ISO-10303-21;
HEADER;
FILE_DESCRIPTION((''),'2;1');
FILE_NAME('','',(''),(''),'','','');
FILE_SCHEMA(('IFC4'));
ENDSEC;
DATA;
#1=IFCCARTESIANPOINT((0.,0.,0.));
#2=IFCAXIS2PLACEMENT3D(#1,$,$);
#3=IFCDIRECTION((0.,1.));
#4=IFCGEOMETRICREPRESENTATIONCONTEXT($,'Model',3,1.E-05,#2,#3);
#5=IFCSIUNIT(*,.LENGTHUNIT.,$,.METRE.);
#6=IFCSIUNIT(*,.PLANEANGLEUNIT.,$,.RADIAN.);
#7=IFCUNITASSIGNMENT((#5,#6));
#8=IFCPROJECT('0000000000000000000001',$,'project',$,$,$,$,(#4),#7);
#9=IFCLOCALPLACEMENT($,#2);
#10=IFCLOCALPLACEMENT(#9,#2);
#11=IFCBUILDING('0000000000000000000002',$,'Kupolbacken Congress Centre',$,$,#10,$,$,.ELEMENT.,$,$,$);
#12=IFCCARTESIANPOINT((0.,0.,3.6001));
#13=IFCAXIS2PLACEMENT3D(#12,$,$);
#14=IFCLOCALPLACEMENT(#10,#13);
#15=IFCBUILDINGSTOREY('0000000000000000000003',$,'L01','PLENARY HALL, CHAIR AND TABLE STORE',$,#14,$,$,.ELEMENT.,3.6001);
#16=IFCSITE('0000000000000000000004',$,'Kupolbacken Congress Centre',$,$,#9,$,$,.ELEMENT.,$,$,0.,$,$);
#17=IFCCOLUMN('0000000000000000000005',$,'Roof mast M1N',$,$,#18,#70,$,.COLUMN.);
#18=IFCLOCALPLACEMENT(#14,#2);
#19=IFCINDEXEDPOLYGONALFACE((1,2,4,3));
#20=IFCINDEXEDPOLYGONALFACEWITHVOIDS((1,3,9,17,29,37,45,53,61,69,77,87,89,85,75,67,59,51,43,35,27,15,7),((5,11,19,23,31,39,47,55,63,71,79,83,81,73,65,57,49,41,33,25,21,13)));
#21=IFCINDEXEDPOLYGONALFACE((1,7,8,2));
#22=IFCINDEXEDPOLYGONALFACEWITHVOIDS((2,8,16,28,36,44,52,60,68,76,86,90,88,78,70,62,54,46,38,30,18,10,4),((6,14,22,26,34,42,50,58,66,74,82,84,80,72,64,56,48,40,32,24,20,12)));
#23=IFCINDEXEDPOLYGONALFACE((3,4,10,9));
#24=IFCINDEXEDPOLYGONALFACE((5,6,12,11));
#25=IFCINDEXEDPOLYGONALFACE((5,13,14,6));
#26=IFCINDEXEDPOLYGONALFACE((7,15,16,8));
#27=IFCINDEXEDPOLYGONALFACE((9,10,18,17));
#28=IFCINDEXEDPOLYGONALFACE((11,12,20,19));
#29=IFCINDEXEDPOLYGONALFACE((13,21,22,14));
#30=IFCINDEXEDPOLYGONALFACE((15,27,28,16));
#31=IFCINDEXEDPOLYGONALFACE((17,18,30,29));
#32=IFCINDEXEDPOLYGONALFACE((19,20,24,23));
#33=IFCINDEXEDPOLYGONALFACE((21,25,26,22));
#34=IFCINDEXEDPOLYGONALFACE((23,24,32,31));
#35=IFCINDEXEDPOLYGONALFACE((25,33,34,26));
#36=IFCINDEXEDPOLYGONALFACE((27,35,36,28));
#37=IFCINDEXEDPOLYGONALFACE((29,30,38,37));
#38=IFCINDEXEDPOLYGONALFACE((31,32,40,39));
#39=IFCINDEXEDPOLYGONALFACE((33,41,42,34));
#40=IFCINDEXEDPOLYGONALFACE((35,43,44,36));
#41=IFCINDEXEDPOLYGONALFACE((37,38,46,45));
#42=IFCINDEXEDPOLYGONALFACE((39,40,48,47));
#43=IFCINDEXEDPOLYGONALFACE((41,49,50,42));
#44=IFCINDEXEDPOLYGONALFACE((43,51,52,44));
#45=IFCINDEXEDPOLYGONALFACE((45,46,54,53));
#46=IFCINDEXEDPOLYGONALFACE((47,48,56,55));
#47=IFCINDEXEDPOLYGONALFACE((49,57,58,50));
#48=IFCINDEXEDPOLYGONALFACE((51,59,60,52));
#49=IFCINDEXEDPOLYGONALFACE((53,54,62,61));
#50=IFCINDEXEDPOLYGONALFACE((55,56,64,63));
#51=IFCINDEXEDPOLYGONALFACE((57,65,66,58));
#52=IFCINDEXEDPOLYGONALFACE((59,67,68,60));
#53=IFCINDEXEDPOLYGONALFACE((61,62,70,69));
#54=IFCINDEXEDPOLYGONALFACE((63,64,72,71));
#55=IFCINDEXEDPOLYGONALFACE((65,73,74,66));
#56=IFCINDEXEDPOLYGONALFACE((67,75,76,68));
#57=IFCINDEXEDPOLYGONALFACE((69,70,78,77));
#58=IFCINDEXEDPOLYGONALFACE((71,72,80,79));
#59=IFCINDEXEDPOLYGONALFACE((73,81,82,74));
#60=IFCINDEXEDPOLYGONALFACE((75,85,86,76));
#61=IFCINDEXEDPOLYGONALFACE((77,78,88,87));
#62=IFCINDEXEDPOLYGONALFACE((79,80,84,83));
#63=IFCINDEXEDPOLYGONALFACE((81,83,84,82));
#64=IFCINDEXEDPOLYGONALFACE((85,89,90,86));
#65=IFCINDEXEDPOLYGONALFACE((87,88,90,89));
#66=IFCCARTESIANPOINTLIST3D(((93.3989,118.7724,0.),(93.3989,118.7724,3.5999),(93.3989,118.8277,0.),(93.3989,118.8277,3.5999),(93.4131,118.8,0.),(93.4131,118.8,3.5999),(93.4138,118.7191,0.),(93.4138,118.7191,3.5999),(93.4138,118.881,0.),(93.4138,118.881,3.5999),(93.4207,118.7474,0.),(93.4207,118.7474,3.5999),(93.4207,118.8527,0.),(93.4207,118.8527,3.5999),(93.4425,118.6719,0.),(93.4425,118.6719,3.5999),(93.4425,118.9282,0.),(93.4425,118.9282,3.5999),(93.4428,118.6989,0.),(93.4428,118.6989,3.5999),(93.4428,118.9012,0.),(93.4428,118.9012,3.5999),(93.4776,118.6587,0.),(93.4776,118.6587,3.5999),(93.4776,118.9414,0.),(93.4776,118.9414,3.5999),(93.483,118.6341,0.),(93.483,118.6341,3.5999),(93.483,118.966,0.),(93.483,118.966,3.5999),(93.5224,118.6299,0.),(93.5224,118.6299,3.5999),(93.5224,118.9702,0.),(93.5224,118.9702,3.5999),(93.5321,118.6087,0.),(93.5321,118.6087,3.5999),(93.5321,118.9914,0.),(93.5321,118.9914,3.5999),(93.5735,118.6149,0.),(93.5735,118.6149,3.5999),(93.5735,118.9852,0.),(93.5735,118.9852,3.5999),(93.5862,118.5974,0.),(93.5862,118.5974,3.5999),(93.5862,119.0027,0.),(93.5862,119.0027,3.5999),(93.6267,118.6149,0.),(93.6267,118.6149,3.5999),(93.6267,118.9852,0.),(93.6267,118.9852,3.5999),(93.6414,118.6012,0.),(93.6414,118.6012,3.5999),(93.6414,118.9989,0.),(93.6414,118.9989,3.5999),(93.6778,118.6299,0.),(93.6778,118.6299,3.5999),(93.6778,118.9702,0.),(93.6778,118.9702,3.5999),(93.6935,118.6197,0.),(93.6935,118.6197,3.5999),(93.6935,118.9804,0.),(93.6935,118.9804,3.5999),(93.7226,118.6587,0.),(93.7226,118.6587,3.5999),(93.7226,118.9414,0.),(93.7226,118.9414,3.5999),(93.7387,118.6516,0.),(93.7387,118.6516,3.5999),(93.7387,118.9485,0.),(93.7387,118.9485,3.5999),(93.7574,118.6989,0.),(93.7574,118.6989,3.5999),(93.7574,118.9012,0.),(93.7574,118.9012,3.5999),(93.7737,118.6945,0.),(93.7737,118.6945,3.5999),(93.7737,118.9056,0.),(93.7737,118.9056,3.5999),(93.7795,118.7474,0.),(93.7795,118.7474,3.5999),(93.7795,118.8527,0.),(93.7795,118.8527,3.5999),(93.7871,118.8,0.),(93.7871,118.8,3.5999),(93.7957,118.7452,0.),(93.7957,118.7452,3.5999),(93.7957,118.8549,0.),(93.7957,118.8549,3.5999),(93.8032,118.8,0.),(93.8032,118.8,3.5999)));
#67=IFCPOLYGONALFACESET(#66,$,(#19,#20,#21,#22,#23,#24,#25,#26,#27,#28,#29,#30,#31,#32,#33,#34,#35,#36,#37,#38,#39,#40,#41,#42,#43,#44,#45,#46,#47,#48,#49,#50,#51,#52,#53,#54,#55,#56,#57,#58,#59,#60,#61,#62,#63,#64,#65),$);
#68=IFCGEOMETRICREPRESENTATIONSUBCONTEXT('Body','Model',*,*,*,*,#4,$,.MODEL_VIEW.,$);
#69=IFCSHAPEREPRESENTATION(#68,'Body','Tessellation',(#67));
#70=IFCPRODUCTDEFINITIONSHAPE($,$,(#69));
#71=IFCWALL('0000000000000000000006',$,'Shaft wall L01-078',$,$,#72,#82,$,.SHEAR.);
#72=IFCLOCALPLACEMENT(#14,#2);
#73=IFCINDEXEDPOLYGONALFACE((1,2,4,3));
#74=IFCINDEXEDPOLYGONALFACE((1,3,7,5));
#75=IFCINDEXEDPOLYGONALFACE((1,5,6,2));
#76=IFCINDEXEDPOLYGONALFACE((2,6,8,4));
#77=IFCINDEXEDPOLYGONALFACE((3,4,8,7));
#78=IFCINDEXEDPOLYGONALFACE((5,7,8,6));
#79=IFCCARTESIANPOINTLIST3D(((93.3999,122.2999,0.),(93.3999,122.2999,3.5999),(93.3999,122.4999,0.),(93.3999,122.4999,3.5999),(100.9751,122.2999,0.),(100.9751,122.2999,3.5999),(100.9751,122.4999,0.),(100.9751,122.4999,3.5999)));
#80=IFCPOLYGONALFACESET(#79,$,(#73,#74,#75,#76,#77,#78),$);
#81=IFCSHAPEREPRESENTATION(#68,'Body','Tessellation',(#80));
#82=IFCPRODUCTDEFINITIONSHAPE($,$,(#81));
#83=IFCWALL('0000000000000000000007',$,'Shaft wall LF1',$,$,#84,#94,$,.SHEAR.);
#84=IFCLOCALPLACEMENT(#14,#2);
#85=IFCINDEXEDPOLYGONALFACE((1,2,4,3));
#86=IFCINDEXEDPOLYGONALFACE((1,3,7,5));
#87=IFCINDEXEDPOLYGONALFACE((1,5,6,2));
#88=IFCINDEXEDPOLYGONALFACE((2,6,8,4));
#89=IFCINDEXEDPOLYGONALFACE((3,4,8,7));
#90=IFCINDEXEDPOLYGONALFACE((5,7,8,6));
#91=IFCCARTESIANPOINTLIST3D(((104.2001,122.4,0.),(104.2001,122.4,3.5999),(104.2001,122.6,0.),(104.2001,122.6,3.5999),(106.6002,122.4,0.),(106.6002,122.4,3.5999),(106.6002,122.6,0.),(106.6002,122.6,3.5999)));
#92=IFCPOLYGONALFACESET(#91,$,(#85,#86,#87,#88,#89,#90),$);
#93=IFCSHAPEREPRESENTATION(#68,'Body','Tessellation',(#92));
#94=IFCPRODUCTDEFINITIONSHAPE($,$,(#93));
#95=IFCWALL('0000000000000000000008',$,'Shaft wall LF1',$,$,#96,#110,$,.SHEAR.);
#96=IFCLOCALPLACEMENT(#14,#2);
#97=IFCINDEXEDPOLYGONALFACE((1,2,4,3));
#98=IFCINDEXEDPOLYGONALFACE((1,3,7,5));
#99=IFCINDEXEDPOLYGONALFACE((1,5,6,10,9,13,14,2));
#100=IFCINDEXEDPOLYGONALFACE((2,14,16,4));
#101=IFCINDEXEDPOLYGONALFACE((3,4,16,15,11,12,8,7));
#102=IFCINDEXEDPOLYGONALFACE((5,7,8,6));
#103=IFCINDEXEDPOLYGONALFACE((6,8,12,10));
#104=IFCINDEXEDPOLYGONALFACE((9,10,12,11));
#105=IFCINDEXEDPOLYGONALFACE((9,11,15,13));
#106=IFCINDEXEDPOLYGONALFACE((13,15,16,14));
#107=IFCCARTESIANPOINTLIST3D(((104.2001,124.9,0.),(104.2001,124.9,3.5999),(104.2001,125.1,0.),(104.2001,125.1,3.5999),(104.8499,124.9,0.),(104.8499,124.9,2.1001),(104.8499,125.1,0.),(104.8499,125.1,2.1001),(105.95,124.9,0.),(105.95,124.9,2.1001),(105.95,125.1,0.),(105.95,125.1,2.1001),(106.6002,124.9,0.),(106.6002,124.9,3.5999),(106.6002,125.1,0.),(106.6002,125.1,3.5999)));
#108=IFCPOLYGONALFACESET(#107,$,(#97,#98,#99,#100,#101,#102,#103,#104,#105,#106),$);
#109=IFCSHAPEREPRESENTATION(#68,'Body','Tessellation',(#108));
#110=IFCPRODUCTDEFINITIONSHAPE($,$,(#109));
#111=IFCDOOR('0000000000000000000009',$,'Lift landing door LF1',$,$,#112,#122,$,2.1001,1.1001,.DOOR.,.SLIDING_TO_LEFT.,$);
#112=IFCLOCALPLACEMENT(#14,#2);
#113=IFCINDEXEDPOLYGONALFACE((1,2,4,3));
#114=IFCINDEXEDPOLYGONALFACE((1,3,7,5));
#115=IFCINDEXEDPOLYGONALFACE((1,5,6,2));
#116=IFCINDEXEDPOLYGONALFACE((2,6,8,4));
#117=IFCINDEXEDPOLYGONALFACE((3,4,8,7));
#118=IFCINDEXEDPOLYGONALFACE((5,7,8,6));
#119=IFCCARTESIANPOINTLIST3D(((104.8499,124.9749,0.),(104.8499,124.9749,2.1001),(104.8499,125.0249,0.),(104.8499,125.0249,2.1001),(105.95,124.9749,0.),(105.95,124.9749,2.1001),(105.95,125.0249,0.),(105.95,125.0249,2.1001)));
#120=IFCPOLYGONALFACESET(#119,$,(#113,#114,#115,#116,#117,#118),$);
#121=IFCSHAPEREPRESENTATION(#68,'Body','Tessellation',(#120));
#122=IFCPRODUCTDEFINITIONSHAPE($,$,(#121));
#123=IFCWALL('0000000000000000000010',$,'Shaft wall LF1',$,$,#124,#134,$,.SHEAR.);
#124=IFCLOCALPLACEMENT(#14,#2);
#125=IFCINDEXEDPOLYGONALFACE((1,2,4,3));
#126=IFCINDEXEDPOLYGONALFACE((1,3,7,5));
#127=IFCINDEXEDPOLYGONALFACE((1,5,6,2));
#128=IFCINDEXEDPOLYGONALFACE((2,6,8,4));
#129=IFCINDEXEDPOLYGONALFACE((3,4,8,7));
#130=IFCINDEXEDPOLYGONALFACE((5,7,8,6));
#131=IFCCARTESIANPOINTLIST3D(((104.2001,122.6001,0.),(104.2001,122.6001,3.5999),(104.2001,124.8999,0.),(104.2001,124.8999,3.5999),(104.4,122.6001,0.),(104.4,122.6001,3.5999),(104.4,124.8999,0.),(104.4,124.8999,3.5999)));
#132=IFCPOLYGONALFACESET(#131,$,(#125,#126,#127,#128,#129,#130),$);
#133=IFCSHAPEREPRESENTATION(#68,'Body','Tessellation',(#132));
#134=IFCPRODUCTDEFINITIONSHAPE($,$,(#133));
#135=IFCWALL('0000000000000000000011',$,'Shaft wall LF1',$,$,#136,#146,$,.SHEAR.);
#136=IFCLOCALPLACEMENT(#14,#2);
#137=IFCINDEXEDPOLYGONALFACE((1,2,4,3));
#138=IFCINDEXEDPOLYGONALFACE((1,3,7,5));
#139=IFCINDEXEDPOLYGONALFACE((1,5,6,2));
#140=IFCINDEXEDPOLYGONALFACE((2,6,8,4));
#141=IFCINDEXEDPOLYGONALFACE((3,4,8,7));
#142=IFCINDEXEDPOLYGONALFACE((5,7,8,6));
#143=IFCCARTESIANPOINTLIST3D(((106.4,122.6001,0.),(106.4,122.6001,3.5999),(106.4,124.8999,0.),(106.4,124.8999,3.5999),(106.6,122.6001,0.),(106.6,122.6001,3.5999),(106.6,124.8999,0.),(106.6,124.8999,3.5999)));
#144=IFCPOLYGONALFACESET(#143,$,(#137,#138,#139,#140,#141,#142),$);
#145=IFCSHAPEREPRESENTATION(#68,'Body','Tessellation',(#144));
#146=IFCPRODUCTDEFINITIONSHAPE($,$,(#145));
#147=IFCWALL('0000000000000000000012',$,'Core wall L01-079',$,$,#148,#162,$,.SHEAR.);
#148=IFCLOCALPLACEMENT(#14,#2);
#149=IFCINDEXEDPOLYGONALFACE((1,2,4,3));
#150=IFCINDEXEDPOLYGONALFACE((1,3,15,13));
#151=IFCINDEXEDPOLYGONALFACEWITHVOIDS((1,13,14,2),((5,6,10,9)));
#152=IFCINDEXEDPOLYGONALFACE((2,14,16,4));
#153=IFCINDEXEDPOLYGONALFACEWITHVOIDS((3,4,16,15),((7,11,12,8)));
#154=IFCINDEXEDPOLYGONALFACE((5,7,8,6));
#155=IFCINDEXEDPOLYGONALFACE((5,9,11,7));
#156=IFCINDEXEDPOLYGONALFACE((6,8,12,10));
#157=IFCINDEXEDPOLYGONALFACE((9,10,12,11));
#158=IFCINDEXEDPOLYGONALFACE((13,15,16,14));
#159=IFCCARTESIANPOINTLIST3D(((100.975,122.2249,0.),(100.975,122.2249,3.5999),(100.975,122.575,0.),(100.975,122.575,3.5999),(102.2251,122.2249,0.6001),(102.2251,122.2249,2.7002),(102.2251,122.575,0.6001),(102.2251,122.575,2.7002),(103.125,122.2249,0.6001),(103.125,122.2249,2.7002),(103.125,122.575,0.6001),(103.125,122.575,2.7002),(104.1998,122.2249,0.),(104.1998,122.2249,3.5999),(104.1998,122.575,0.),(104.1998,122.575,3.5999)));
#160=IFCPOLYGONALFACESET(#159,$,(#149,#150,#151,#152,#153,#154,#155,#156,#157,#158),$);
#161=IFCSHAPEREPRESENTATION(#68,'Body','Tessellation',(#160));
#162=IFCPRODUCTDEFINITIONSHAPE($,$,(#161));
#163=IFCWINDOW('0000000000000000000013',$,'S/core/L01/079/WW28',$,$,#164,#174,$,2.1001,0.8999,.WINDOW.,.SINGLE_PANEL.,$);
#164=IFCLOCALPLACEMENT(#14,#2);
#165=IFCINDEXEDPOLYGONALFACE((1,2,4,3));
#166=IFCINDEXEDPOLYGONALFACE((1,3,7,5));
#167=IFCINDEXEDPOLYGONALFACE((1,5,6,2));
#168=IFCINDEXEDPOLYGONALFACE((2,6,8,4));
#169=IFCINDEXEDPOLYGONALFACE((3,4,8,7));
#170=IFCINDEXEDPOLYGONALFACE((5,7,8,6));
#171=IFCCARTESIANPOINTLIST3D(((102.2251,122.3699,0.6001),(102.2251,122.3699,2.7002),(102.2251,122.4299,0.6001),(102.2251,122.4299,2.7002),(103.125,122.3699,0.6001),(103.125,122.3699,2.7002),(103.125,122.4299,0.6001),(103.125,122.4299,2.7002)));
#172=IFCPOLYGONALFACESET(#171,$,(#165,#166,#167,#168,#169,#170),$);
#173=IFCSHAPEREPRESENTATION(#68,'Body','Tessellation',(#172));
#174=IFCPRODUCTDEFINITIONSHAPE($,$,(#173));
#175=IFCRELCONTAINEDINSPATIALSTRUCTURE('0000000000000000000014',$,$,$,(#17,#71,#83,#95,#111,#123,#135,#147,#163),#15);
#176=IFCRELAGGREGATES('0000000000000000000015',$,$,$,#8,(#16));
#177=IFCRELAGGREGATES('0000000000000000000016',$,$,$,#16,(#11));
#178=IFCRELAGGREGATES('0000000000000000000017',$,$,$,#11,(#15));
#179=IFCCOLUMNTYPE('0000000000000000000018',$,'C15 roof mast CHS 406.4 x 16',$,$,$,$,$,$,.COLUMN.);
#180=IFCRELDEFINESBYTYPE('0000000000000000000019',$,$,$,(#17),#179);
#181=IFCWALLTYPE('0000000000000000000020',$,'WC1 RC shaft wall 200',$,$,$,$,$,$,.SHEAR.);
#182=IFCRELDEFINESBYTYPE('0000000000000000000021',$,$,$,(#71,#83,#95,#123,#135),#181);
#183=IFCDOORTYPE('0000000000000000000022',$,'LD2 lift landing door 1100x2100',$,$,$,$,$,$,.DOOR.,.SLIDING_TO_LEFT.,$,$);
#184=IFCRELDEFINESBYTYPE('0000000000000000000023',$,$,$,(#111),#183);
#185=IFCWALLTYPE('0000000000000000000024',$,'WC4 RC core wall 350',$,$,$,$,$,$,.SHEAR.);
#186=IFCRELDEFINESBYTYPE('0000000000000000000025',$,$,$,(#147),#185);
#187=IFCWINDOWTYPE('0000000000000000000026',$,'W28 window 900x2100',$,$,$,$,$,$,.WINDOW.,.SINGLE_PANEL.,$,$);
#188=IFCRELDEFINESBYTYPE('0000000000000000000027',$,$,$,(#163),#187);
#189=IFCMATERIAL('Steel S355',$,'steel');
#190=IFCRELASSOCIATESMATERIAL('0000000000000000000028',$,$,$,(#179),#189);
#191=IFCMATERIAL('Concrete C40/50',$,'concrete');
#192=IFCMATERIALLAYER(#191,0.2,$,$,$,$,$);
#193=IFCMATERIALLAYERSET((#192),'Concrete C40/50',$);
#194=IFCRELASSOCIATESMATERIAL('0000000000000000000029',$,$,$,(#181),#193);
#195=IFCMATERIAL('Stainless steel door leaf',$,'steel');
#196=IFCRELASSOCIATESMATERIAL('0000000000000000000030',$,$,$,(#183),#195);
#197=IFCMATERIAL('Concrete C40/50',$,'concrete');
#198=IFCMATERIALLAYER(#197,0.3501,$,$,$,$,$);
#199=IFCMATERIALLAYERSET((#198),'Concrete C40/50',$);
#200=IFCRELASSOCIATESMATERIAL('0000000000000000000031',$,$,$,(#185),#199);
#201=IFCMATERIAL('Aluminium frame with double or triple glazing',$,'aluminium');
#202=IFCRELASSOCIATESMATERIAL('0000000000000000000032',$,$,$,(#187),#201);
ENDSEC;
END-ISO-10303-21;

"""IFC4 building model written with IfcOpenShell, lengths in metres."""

from ifc_helpers import new_model, si_unit, direction, frame, frame_2d, origin, origin_2d, place, context, subcontext, project, spatial, rectangle, hollow_circle, extrude, material, layer, layer_set, material_profile, profile_set, type_object, element, fill, save


model = new_model("IFC4")

# Units and contexts
model_context = context("Model", 3, precision=1e-05, world=origin(), true_north=direction((0.0, 1.0)))
body_context = subcontext(model_context, "Body", "Model", "MODEL_VIEW")
ifc_project = project(units=[si_unit("LENGTHUNIT", "METRE"), si_unit("PLANEANGLEUNIT", "RADIAN")], contexts=[model_context])

# Site, building, storey
site_placement = place(None, origin())
site = spatial("IfcSite", under=ifc_project, at=site_placement, Name="Kupolbacken Congress Centre", CompositionType="ELEMENT", RefElevation=0.0)
building_placement = place(site_placement, origin())
building = spatial("IfcBuilding", under=site, at=building_placement, Name="Kupolbacken Congress Centre", CompositionType="ELEMENT")
storey_placement = place(building_placement, frame((0.0, 0.0, 3.6001)))
storey = spatial("IfcBuildingStorey", under=building, at=storey_placement, Name="L01", Description="PLENARY HALL, CHAIR AND TABLE STORE", CompositionType="ELEMENT", Elevation=3.6001)

# Column
ifc_material_1 = material(Name="Steel S355", Category="steel")
ifc_material_profile = material_profile(ifc_material_1, hollow_circle(Radius=0.2031, WallThickness=0.0161, at=origin_2d()), Name="CHS 406.4 x 16")
ifc_profile_set = profile_set([ifc_material_profile], Name="Steel S355")
column_type = type_object("IfcColumnType", Name="C15 roof mast CHS 406.4 x 16", PredefinedType="COLUMN", material=ifc_profile_set)
column_placement = place(storey_placement, frame((93.6001, 118.8, 0.0), z_axis=(0.0, 0.0, 1.0), x_axis=(1.0, 0.0, 0.0)))
element("IfcColumn", 1, at=column_placement, inside=storey, type_object=column_type, Name="Roof mast M1N", PredefinedType="COLUMN", context=body_context, shape_type="SweptSolid", body=[
    extrude(hollow_circle(Radius=0.2031, WallThickness=0.0161, at=origin_2d()), origin(), (0.0, 0.0, 1.0), 3.5999),
])

# Walls
ifc_material_2 = material(Name="Concrete C40/50", Category="concrete")
ifc_layer_1 = layer(ifc_material_2, 0.2)
ifc_layer_set_1 = layer_set([ifc_layer_1], Name="Concrete C40/50")
wall_type_1 = type_object("IfcWallType", Name="WC1 RC shaft wall 200", PredefinedType="SHEAR", material=ifc_layer_set_1)
wall_1_placement = place(storey_placement, frame((93.3999, 122.3999, 0.0), z_axis=(0.0, 0.0, 1.0), x_axis=(1.0, 0.0, 0.0)))
element("IfcWall", 2, at=wall_1_placement, inside=storey, type_object=wall_type_1, Name="Shaft wall L01-078", PredefinedType="SHEAR", context=body_context, shape_type="SweptSolid", body=[
    extrude(rectangle(XDim=7.5752, YDim=0.2, at=frame_2d((3.7876, 0.0))), origin(), (0.0, 0.0, 1.0), 3.5999),
])
wall_2_placement = place(storey_placement, frame((104.2, 122.5, 0.0), z_axis=(0.0, 0.0, 1.0), x_axis=(1.0, 0.0, 0.0)))
element("IfcWall", 3, at=wall_2_placement, inside=storey, type_object=wall_type_1, Name="Shaft wall LF1", PredefinedType="SHEAR", context=body_context, shape_type="SweptSolid", body=[
    extrude(rectangle(XDim=2.4001, YDim=0.2, at=frame_2d((1.2002, 0.0))), origin(), (0.0, 0.0, 1.0), 3.5999),
])

# Wall, opening, door
wall_3_placement = place(storey_placement, frame((104.2, 125.0, 0.0), z_axis=(0.0, 0.0, 1.0), x_axis=(1.0, 0.0, 0.0)))
wall_3 = element("IfcWall", 4, at=wall_3_placement, inside=storey, type_object=wall_type_1, Name="Shaft wall LF1", PredefinedType="SHEAR", context=body_context, shape_type="SweptSolid", body=[
    extrude(rectangle(XDim=2.4001, YDim=0.2, at=frame_2d((1.2002, 0.0))), origin(), (0.0, 0.0, 1.0), 3.5999),
])
opening_1_placement = place(wall_3_placement, frame((0.6499, 0.0, 0.0)))
opening_1 = element("IfcOpeningElement", 5, at=opening_1_placement, cuts=wall_3, PredefinedType="OPENING", context=body_context, shape_type="SweptSolid", body=[
    extrude(rectangle(XDim=1.1001, YDim=2.1001, at=frame_2d((0.55, 1.05))), frame((0.0, 0.1099, 0.0), z_axis=(0.0, -1.0, 0.0), x_axis=(1.0, 0.0, 0.0)), (0.0, 0.0, 1.0), 0.22),
])
ifc_material_3 = material(Name="Stainless steel door leaf", Category="steel")
door_type_1 = type_object("IfcDoorType", Name="LD2 lift landing door 1100x2100", OperationType="SLIDING_TO_LEFT", PredefinedType="DOOR", material=ifc_material_3)
door_1_placement = place(opening_1_placement, origin())
door_1 = element("IfcDoor", 6, at=door_1_placement, inside=storey, type_object=door_type_1, Name="Lift landing door LF1", OperationType="SLIDING_TO_LEFT", OverallHeight=2.1001, OverallWidth=1.1001, PredefinedType="DOOR", context=body_context, shape_type="SweptSolid", body=[
    extrude(rectangle(XDim=1.1001, YDim=2.1001, at=frame_2d((0.55, 1.05))), frame((0.0, 0.0249, 0.0), z_axis=(0.0, -1.0, 0.0), x_axis=(1.0, 0.0, 0.0)), (0.0, 0.0, 1.0), 0.05),
])
fill(opening_1, door_1)

# Walls
for number, where, z_axis, x_axis, name in (
    (7, (104.3, 122.6001, 0.0), (0.0, 0.0, 1.0), (0.0, 1.0, 0.0), "Shaft wall LF1"),
    (8, (106.5, 122.6001, 0.0), (0.0, 0.0, 1.0), (0.0, 1.0, 0.0), "Shaft wall LF1"),
):
    element("IfcWall", number, at=place(storey_placement, frame(where, z_axis=z_axis, x_axis=x_axis)), inside=storey, type_object=wall_type_1, Name=name, PredefinedType="SHEAR", context=body_context, shape_type="SweptSolid", body=[
        extrude(rectangle(XDim=2.2998, YDim=0.2, at=frame_2d((1.1499, 0.0))), origin(), (0.0, 0.0, 1.0), 3.5999),
    ])

# Wall, opening, window
ifc_material_4 = material(Name="Concrete C40/50", Category="concrete")
ifc_layer_2 = layer(ifc_material_4, 0.3501)
ifc_layer_set_2 = layer_set([ifc_layer_2], Name="Concrete C40/50")
wall_type_2 = type_object("IfcWallType", Name="WC4 RC core wall 350", PredefinedType="SHEAR", material=ifc_layer_set_2)
wall_4_placement = place(storey_placement, frame((100.9751, 122.3999, 0.0), z_axis=(0.0, 0.0, 1.0), x_axis=(1.0, 0.0, 0.0)))
wall_4 = element("IfcWall", 9, at=wall_4_placement, inside=storey, type_object=wall_type_2, Name="Core wall L01-079", PredefinedType="SHEAR", context=body_context, shape_type="SweptSolid", body=[
    extrude(rectangle(XDim=3.2249, YDim=0.3501, at=frame_2d((1.6123, 0.0))), origin(), (0.0, 0.0, 1.0), 3.5999),
])
opening_2_placement = place(wall_4_placement, frame((1.25, 0.0, 0.6001)))
opening_2 = element("IfcOpeningElement", 10, at=opening_2_placement, cuts=wall_4, PredefinedType="OPENING", context=body_context, shape_type="SweptSolid", body=[
    extrude(rectangle(XDim=0.8999, YDim=2.1001, at=frame_2d((0.45, 1.05))), frame((0.0, 0.1851, 0.0), z_axis=(0.0, -1.0, 0.0), x_axis=(1.0, 0.0, 0.0)), (0.0, 0.0, 1.0), 0.3701),
])
ifc_material_5 = material(Name="Aluminium frame with double or triple glazing", Category="aluminium")
window_type = type_object("IfcWindowType", Name="W28 window 900x2100", PartitioningType="SINGLE_PANEL", PredefinedType="WINDOW", material=ifc_material_5)
window_placement = place(opening_2_placement, origin())
window = element("IfcWindow", 11, at=window_placement, inside=storey, type_object=window_type, Name="S/core/L01/079/WW28", OverallHeight=2.1001, OverallWidth=0.8999, PartitioningType="SINGLE_PANEL", PredefinedType="WINDOW", context=body_context, shape_type="SweptSolid", body=[
    extrude(rectangle(XDim=0.8999, YDim=2.1001, at=frame_2d((0.45, 1.05))), frame((0.0, 0.03, 0.0), z_axis=(0.0, -1.0, 0.0), x_axis=(1.0, 0.0, 0.0)), (0.0, 0.0, 1.0), 0.0601),
])
fill(opening_2, window)

save(model, "model.ifc")
